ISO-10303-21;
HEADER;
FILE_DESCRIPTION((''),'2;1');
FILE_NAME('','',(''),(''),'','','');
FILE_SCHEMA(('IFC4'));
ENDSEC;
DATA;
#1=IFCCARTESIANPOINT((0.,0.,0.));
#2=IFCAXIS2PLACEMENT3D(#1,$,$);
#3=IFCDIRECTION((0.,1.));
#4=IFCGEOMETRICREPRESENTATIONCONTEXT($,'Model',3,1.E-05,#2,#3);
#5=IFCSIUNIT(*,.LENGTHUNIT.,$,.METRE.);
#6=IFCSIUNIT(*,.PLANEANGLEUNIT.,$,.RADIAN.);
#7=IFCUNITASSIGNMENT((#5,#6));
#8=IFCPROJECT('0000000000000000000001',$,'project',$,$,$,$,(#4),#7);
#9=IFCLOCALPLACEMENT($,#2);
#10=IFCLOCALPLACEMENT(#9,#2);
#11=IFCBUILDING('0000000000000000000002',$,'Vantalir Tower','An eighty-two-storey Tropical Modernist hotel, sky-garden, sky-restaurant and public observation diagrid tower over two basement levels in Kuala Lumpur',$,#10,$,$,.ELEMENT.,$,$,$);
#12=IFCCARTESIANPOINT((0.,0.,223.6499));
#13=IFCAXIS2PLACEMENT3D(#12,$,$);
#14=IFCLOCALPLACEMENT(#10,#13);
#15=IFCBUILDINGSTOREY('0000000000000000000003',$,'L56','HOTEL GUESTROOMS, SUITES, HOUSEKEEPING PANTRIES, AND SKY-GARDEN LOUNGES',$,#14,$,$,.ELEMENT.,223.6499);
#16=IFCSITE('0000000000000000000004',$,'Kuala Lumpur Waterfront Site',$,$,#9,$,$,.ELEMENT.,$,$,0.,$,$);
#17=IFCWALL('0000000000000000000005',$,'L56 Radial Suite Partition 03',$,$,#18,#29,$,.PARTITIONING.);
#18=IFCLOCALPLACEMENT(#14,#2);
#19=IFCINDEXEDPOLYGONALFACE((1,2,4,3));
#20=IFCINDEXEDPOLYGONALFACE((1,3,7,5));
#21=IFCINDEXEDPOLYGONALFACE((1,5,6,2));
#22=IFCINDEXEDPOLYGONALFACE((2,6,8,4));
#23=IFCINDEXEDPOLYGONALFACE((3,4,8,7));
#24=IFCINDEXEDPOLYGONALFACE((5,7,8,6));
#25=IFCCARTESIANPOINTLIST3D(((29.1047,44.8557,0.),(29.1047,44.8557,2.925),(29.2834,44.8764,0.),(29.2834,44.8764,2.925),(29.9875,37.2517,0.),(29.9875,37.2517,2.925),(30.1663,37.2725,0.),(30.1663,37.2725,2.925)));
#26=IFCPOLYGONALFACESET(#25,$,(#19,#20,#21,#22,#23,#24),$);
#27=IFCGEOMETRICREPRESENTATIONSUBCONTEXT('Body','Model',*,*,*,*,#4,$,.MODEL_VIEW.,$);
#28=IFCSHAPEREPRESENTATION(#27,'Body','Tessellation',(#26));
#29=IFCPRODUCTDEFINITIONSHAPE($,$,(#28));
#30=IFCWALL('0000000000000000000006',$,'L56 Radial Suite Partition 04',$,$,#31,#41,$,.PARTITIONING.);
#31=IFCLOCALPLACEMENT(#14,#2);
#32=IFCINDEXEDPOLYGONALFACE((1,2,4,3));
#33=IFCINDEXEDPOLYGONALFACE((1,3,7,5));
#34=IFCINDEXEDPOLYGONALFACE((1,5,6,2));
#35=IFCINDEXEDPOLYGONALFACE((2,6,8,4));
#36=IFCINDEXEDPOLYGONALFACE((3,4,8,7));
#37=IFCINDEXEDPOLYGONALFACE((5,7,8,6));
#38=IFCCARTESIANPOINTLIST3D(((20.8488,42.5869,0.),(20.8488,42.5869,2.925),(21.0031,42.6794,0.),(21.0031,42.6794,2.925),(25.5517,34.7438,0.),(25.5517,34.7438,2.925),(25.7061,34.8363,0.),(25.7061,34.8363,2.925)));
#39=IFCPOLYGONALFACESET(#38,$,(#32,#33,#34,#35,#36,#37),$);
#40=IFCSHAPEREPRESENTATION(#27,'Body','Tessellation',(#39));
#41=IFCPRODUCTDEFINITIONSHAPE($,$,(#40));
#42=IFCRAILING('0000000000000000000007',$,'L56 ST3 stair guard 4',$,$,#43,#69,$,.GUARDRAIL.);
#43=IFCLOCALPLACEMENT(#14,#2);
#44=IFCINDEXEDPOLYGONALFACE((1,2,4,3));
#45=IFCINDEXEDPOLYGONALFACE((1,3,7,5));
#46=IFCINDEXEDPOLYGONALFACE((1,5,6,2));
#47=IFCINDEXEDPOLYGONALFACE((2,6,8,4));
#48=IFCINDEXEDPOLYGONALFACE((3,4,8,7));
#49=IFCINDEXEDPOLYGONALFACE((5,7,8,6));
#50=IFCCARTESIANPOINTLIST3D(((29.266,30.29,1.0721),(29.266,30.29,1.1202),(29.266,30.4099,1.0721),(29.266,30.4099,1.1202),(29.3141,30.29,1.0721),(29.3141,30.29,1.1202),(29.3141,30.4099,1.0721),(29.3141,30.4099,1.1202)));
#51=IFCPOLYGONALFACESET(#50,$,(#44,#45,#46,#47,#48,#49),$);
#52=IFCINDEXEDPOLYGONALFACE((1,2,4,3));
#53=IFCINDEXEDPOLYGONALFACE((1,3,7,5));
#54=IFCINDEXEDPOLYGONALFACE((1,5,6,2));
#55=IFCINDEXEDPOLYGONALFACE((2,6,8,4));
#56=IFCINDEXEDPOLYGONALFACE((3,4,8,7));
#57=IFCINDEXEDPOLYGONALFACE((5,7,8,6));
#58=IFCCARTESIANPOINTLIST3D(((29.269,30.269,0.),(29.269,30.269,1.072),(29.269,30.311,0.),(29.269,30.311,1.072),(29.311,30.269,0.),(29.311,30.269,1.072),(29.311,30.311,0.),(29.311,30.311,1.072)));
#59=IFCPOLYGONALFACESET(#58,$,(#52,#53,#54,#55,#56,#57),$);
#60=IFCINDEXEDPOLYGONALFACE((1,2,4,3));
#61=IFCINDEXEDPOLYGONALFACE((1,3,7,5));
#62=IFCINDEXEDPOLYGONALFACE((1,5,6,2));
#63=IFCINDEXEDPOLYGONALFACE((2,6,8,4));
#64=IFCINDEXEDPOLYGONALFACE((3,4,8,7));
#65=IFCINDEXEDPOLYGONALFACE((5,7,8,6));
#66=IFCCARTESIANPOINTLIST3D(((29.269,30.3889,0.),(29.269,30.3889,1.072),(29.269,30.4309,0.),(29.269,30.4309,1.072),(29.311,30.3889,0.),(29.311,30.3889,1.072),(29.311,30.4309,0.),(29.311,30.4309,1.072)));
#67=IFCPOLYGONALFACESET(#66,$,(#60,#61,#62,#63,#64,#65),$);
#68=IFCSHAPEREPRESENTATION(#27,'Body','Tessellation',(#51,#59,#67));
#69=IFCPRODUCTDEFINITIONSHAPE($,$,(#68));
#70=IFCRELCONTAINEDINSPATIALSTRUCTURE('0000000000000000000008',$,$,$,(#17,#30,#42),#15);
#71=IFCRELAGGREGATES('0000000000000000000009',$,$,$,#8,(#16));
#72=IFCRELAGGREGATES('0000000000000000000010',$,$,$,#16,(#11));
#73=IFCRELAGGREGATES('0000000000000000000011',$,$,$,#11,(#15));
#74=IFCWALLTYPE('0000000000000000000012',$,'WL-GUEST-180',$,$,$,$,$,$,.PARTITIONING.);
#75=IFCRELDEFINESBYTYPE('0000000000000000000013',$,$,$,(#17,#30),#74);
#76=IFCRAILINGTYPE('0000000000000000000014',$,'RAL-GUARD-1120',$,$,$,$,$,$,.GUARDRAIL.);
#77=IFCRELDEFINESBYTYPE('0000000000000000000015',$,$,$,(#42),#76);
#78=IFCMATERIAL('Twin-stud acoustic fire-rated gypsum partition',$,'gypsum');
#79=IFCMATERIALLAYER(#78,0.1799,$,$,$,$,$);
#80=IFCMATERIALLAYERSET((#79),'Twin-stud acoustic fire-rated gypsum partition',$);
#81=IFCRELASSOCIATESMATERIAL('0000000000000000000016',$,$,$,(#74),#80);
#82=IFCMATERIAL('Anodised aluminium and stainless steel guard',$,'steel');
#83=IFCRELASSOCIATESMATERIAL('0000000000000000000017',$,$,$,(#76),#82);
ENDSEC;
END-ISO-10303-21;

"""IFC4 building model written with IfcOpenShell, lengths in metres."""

from ifc_helpers import new_model, si_unit, direction, frame, frame_2d, origin, origin_2d, place, context, subcontext, project, spatial, rectangle, extrude, material, layer, layer_set, type_object, element, save


model = new_model("IFC4")

# Units and contexts
model_context = context("Model", 3, precision=1e-05, world=origin(), true_north=direction((0.0, 1.0)))
body_context = subcontext(model_context, "Body", "Model", "MODEL_VIEW")
ifc_project = project(units=[si_unit("LENGTHUNIT", "METRE"), si_unit("PLANEANGLEUNIT", "RADIAN")], contexts=[model_context])

# Site, building, storey
site_placement = place(None, origin())
site = spatial("IfcSite", under=ifc_project, at=site_placement, Name="Kuala Lumpur Waterfront Site", CompositionType="ELEMENT", RefElevation=0.0)
building_placement = place(site_placement, origin())
building = spatial("IfcBuilding", under=site, at=building_placement, Name="Vantalir Tower", Description="An eighty-two-storey Tropical Modernist hotel, sky-garden, sky-restaurant and public observation diagrid tower over two basement levels in Kuala Lumpur", CompositionType="ELEMENT")
storey_placement = place(building_placement, frame((0.0, 0.0, 223.6499)))
storey = spatial("IfcBuildingStorey", under=building, at=storey_placement, Name="L56", Description="HOTEL GUESTROOMS, SUITES, HOUSEKEEPING PANTRIES, AND SKY-GARDEN LOUNGES", CompositionType="ELEMENT", Elevation=223.6499)

# Walls
ifc_material_1 = material(Name="Twin-stud acoustic fire-rated gypsum partition", Category="gypsum")
ifc_layer_1 = layer(ifc_material_1, 0.1799)
ifc_layer_set_1 = layer_set([ifc_layer_1], Name="Twin-stud acoustic fire-rated gypsum partition")
wall_type_1 = type_object("IfcWallType", Name="WL-GUEST-180", PredefinedType="PARTITIONING", material=ifc_layer_set_1)
wall_1_placement = place(storey_placement, frame((30.0769, 37.262, 0.0), z_axis=(0.0, 0.0, 1.0), x_axis=(-0.115324, 0.993328, 0.0)))
element("IfcWall", 1, at=wall_1_placement, inside=storey, type_object=wall_type_1, Name="L56 Radial Suite Partition 03", PredefinedType="PARTITIONING", context=body_context, shape_type="SweptSolid", body=[
    extrude(rectangle(XDim=7.655, YDim=0.1799, at=frame_2d((3.8276, 0.0))), origin(), (0.0, 0.0, 1.0), 2.925),
])
wall_2_placement = place(storey_placement, frame((25.6289, 34.79, 0.0), z_axis=(0.0, 0.0, 1.0), x_axis=(-0.51426, 0.857634, 0.0)))
element("IfcWall", 2, at=wall_2_placement, inside=storey, type_object=wall_type_1, Name="L56 Radial Suite Partition 04", PredefinedType="PARTITIONING", context=body_context, shape_type="SweptSolid", body=[
    extrude(rectangle(XDim=9.145, YDim=0.1799, at=frame_2d((4.5725, 0.0))), origin(), (0.0, 0.0, 1.0), 2.925),
])

# Railing
ifc_material_2 = material(Name="Anodised aluminium and stainless steel guard", Category="steel")
railing_type = type_object("IfcRailingType", Name="RAL-GUARD-1120", PredefinedType="GUARDRAIL", material=ifc_material_2)
railing_placement = place(storey_placement, frame((29.29, 30.29, 0.0)))
element("IfcRailing", 3, at=railing_placement, inside=storey, type_object=railing_type, Name="L56 ST3 stair guard 4", PredefinedType="GUARDRAIL", context=body_context, shape_type="SweptSolid", body=[
    extrude(rectangle(XDim=0.0481, YDim=0.0481, at=origin_2d()), frame((0.0, 0.0, 1.0962), z_axis=(0.0, 1.0, 0.0), x_axis=(-1.0, 0.0, 0.0)), (0.0, 0.0, 1.0), 0.1199),
    extrude(rectangle(XDim=0.042, YDim=0.042, at=origin_2d()), origin(), (0.0, 0.0, 1.0), 1.072),
    extrude(rectangle(XDim=0.042, YDim=0.042, at=origin_2d()), frame((0.0, 0.1199, 0.0)), (0.0, 0.0, 1.0), 1.072),
])

save(model, "model.ifc")
